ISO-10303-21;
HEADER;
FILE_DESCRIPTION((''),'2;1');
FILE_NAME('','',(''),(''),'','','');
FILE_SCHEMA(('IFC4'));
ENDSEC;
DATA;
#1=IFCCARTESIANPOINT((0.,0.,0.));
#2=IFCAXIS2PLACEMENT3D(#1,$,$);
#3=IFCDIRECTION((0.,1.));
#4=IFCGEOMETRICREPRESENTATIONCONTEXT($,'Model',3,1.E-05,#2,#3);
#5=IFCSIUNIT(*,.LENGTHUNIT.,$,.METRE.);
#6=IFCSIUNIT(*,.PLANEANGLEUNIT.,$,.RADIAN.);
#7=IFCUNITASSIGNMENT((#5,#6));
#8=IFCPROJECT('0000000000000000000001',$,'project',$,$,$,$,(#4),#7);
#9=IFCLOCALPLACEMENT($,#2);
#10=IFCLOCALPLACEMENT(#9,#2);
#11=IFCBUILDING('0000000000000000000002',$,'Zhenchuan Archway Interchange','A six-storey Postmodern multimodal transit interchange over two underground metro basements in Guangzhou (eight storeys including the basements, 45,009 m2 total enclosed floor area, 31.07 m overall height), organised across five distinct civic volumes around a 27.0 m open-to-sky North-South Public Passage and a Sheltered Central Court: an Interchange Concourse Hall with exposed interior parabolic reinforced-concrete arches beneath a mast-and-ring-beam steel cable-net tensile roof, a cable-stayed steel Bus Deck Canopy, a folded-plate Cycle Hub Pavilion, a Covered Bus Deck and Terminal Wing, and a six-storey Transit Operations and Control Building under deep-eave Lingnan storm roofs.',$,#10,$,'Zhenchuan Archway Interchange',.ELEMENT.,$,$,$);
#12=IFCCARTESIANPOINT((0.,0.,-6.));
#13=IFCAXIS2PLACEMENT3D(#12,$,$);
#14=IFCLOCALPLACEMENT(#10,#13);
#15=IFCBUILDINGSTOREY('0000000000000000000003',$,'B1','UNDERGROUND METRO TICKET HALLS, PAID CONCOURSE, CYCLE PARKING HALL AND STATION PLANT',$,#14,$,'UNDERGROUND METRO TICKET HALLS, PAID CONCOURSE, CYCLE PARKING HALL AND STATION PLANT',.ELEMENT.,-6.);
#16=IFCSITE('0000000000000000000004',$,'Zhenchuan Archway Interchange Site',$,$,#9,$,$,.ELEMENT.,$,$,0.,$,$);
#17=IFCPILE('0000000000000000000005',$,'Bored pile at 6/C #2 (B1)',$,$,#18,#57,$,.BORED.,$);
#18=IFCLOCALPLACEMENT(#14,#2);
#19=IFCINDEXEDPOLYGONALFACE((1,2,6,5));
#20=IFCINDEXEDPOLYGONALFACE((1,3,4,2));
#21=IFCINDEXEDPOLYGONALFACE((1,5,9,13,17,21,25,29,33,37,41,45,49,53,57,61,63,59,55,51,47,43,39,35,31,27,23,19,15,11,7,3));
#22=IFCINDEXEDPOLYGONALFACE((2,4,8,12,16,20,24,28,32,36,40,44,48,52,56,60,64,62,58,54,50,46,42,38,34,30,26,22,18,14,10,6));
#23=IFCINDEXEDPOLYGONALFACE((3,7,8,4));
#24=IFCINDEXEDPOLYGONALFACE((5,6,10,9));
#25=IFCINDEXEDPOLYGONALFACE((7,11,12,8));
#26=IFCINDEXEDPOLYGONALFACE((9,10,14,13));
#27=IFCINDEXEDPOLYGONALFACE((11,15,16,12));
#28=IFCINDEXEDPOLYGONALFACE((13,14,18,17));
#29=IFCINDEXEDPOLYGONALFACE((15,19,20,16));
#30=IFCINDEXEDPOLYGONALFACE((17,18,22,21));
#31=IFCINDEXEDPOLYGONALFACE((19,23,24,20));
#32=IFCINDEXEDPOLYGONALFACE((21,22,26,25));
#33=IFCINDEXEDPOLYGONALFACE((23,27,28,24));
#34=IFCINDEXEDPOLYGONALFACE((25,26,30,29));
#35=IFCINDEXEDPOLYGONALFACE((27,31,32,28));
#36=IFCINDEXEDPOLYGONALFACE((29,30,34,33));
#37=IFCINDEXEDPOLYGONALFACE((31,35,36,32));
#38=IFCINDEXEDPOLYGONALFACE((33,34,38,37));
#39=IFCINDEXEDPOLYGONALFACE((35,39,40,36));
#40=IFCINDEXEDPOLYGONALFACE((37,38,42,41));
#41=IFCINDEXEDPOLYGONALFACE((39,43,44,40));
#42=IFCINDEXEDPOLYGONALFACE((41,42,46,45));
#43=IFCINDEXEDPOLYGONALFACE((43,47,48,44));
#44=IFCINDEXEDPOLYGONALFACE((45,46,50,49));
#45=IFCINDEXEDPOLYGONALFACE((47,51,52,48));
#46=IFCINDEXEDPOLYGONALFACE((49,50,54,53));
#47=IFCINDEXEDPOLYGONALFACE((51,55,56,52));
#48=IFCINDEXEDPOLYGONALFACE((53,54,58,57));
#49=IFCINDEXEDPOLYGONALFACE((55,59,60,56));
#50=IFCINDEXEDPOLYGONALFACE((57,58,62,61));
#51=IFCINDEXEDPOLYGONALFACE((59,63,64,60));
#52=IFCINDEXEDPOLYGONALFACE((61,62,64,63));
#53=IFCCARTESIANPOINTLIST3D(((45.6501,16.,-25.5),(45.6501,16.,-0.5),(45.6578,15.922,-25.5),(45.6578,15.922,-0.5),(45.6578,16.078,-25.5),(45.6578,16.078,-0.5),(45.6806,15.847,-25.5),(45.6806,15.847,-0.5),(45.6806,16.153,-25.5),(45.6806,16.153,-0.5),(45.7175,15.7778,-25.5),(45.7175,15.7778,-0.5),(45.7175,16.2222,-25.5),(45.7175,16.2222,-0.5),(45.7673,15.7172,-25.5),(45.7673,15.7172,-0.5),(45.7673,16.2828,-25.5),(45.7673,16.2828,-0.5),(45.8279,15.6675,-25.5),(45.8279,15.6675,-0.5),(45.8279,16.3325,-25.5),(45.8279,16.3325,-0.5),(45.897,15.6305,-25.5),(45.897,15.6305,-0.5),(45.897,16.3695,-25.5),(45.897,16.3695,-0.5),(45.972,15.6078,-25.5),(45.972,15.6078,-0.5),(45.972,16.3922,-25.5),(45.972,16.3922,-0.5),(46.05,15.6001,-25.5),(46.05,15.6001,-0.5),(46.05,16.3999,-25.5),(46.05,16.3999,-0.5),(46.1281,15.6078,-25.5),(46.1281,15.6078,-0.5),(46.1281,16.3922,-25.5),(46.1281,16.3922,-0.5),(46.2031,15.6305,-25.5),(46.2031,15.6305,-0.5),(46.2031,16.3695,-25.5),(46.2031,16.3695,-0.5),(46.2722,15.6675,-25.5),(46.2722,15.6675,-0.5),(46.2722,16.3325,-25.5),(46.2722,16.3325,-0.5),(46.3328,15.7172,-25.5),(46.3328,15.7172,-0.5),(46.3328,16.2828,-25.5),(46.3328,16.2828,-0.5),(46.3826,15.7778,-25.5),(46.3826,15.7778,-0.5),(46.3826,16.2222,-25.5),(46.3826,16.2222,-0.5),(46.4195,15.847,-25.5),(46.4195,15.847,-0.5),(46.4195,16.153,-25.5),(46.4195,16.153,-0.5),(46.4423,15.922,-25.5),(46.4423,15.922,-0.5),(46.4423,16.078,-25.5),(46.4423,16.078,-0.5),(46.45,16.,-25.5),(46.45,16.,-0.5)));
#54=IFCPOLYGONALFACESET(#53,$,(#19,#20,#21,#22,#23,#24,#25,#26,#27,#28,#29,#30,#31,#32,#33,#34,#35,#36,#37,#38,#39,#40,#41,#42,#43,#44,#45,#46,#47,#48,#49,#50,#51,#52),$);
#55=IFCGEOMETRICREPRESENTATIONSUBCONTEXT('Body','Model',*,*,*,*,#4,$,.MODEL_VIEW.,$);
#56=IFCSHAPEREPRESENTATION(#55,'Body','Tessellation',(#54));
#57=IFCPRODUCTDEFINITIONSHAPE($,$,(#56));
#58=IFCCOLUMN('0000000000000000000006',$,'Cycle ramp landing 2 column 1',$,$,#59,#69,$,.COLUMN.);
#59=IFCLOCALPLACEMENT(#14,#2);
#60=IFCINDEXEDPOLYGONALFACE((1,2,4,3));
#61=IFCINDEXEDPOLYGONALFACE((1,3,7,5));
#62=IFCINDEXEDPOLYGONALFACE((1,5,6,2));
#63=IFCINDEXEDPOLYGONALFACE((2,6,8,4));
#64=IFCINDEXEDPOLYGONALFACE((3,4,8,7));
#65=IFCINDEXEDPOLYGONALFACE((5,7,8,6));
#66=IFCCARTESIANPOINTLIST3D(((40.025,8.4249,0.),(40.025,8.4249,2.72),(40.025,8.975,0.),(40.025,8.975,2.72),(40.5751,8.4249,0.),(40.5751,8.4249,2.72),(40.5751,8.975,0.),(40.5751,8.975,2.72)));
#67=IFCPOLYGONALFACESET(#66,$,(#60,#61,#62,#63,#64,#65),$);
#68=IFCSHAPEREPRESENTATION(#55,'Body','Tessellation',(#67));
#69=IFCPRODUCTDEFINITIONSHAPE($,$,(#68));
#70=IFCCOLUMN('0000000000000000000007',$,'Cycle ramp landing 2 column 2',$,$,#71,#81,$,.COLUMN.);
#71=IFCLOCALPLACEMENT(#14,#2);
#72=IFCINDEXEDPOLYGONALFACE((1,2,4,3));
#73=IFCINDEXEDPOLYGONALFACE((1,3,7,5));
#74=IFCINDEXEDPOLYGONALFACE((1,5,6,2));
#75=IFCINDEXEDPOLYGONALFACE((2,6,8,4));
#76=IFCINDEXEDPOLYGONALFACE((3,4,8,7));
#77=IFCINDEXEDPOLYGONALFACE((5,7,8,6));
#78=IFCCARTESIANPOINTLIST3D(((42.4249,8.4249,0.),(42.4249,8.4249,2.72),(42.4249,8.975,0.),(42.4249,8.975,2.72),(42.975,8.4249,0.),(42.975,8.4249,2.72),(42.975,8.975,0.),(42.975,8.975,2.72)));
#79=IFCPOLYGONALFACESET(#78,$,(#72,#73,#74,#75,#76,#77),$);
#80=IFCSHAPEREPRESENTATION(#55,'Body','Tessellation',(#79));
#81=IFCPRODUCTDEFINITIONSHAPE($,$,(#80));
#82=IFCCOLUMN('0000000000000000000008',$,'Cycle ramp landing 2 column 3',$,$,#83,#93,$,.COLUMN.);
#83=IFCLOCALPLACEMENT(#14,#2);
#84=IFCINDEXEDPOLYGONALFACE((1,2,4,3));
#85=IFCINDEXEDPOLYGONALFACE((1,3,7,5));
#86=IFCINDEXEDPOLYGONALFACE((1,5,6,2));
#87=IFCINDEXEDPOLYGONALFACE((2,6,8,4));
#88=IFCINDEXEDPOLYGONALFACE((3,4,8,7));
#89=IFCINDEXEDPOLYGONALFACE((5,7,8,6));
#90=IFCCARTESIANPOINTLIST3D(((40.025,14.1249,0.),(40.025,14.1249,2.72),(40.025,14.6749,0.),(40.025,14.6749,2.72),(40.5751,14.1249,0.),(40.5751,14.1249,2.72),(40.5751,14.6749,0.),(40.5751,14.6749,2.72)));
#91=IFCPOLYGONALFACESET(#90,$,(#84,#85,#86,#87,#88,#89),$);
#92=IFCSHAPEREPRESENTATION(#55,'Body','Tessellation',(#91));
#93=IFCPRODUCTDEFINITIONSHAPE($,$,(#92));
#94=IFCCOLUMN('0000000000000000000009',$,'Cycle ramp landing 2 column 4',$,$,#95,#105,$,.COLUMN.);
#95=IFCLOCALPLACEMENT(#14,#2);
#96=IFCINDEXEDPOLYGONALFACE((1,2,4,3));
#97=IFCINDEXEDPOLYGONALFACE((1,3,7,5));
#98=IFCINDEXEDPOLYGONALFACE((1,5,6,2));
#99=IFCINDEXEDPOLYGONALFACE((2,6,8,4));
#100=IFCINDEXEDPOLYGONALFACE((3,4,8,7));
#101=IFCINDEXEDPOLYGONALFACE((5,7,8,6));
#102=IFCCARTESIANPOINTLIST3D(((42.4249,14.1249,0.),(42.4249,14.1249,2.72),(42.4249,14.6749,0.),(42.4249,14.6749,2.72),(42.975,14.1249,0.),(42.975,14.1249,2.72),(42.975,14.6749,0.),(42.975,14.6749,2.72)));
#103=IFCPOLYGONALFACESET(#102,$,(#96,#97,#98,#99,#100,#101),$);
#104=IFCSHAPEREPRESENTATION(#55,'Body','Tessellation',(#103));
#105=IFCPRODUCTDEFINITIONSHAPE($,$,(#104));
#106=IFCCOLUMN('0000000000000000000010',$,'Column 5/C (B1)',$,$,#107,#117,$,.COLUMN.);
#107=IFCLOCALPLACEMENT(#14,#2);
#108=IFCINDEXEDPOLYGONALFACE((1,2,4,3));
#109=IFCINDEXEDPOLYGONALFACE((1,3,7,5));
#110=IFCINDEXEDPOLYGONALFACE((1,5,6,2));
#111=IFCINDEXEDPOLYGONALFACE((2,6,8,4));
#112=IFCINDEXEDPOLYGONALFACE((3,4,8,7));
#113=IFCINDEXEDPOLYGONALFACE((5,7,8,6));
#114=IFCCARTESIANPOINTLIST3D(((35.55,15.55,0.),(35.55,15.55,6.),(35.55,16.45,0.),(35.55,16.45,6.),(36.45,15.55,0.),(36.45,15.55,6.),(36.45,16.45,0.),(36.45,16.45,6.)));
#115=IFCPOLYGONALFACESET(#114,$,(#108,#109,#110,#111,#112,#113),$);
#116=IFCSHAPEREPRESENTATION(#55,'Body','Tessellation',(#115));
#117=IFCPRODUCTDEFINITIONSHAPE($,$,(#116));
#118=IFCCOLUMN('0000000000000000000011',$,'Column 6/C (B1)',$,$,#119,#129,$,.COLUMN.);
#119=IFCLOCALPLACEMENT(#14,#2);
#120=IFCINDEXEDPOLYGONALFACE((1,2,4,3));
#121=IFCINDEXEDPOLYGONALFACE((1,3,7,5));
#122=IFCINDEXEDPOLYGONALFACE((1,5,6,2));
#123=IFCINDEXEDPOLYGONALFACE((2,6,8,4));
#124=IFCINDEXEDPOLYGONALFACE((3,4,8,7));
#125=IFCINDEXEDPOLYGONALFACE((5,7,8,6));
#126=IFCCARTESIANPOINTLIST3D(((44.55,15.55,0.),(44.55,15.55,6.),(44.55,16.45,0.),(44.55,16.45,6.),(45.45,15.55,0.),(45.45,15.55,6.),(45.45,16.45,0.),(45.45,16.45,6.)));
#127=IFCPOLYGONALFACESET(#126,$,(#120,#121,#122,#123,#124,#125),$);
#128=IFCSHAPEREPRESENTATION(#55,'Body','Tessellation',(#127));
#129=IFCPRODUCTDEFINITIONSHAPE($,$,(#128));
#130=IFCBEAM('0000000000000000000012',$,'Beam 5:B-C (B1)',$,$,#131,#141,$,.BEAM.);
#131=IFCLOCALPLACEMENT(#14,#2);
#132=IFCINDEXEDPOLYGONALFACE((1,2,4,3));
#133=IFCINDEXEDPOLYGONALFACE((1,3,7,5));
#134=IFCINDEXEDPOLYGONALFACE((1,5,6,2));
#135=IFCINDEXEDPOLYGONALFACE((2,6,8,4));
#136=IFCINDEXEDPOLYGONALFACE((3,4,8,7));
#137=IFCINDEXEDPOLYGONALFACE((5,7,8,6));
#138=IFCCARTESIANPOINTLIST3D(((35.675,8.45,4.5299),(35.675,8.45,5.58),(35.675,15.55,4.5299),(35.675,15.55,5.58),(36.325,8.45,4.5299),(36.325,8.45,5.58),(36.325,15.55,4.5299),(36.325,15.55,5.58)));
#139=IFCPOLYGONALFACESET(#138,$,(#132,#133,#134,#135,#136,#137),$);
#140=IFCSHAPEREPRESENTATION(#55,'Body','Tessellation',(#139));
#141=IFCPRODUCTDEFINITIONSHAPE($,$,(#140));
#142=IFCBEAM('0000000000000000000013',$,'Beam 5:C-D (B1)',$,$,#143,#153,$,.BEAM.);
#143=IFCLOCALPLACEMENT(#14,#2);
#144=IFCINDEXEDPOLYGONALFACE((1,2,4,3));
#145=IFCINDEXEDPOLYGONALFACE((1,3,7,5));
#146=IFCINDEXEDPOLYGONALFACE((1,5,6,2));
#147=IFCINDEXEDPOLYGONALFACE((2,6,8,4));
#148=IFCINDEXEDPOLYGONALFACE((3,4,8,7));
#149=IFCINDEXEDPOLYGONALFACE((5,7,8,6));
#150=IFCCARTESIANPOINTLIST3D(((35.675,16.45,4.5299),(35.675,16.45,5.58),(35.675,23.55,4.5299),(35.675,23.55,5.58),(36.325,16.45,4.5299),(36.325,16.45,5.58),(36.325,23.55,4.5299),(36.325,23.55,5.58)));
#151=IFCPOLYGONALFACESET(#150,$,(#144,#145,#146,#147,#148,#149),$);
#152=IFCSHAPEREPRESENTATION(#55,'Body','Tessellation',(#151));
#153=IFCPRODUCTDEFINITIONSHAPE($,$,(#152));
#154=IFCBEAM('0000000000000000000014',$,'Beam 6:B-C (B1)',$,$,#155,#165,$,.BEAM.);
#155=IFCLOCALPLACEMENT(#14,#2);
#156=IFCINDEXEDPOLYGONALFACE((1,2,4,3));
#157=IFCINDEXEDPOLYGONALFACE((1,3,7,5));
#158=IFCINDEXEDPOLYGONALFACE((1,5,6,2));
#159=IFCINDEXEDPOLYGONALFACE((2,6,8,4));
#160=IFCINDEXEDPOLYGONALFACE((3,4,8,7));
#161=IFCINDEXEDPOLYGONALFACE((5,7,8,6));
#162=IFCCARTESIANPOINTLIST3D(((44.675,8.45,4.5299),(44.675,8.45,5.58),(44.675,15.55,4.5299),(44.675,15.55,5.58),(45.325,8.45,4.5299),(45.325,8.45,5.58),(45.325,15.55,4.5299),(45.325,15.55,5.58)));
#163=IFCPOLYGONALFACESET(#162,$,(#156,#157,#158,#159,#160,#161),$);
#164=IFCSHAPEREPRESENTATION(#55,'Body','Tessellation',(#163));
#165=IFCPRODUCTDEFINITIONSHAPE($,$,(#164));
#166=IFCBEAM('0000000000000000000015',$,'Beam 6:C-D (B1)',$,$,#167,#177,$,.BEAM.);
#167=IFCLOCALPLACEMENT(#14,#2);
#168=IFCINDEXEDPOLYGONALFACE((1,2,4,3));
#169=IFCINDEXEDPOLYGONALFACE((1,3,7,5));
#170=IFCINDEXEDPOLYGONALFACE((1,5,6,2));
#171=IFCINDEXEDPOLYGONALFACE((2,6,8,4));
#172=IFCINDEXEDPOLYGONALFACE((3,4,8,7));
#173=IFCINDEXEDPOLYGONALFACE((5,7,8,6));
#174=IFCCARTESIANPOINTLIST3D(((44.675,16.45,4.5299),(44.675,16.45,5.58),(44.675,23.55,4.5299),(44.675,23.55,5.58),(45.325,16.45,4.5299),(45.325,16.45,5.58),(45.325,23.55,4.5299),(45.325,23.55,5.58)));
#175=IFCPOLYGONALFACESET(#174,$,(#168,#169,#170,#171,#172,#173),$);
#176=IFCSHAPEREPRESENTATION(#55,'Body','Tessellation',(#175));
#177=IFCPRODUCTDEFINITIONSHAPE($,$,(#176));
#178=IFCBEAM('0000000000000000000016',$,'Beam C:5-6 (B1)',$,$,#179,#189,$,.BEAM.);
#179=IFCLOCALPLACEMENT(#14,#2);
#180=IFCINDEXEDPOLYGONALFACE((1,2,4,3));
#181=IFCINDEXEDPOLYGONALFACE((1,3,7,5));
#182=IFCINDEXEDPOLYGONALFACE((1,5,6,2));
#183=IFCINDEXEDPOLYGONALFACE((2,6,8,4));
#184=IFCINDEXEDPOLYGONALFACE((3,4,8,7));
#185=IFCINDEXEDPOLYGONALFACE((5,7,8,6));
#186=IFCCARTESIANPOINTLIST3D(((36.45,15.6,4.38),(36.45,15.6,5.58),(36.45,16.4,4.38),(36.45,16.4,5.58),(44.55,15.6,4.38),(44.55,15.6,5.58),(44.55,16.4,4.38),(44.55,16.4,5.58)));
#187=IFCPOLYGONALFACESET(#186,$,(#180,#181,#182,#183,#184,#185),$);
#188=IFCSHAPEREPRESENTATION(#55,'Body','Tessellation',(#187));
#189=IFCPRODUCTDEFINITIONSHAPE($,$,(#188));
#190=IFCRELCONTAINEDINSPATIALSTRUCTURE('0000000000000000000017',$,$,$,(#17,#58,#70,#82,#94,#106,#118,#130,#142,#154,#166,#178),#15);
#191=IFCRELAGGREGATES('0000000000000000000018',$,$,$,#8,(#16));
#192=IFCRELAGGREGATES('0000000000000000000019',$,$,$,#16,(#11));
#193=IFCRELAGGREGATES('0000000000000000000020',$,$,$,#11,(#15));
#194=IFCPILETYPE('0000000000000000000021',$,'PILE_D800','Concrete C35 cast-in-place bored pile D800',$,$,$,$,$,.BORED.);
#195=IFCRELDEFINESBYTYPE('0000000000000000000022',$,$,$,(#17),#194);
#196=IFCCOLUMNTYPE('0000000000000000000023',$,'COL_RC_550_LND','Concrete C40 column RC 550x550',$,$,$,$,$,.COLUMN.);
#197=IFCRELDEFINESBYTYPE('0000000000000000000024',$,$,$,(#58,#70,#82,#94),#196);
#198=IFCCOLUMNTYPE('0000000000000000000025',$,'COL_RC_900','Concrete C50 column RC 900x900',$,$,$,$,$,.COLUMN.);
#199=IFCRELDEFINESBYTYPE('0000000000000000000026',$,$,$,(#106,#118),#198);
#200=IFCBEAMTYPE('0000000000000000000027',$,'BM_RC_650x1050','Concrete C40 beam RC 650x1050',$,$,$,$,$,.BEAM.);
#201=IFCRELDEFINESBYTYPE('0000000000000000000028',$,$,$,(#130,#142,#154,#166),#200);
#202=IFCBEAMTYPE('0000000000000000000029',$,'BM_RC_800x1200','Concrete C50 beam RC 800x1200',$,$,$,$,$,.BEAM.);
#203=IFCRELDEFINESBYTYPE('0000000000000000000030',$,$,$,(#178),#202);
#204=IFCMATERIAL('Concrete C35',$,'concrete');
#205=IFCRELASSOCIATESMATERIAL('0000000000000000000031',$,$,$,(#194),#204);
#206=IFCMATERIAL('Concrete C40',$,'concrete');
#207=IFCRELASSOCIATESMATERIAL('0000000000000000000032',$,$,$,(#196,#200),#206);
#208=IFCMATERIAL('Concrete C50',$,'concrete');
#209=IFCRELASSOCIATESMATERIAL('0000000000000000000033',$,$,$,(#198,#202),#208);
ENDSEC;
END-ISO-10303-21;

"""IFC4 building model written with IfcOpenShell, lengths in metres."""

from ifc_helpers import new_model, si_unit, direction, frame, origin, origin_2d, place, context, subcontext, project, spatial, rectangle, circle, extrude, material, material_profile, profile_set, type_object, element, save


model = new_model("IFC4")

# Units and contexts
model_context = context("Model", 3, precision=1e-05, world=origin(), true_north=direction((0.0, 1.0)))
body_context = subcontext(model_context, "Body", "Model", "MODEL_VIEW")
ifc_project = project(units=[si_unit("LENGTHUNIT", "METRE"), si_unit("PLANEANGLEUNIT", "RADIAN")], contexts=[model_context])

# Site, building, storey
site_placement = place(None, origin())
site = spatial("IfcSite", under=ifc_project, at=site_placement, Name="Zhenchuan Archway Interchange Site", CompositionType="ELEMENT", RefElevation=0.0)
building_placement = place(site_placement, origin())
building = spatial("IfcBuilding", under=site, at=building_placement, Name="Zhenchuan Archway Interchange", Description="A six-storey Postmodern multimodal transit interchange over two underground metro basements in Guangzhou (eight storeys including the basements, 45,009 m2 total enclosed floor area, 31.07 m overall height), organised across five distinct civic volumes around a 27.0 m open-to-sky North-South Public Passage and a Sheltered Central Court: an Interchange Concourse Hall with exposed interior parabolic reinforced-concrete arches beneath a mast-and-ring-beam steel cable-net tensile roof, a cable-stayed steel Bus Deck Canopy, a folded-plate Cycle Hub Pavilion, a Covered Bus Deck and Terminal Wing, and a six-storey Transit Operations and Control Building under deep-eave Lingnan storm roofs.", LongName="Zhenchuan Archway Interchange", CompositionType="ELEMENT")
storey_placement = place(building_placement, frame((0.0, 0.0, -6.0)))
storey = spatial("IfcBuildingStorey", under=building, at=storey_placement, Name="B1", Description="UNDERGROUND METRO TICKET HALLS, PAID CONCOURSE, CYCLE PARKING HALL AND STATION PLANT", LongName="UNDERGROUND METRO TICKET HALLS, PAID CONCOURSE, CYCLE PARKING HALL AND STATION PLANT", CompositionType="ELEMENT", Elevation=-6.0)

# Shared definitions
ifc_material_1 = material(Name="Concrete C40", Category="concrete")

# Pile
ifc_material_2 = material(Name="Concrete C35", Category="concrete")
ifc_material_profile_1 = material_profile(ifc_material_2, circle(Radius=0.3999, at=origin_2d()), Name="BORED PILE 800")
ifc_profile_set_1 = profile_set([ifc_material_profile_1], Name="Concrete C35")
pile_type = type_object("IfcPileType", Name="PILE_D800", Description="Concrete C35 cast-in-place bored pile D800", PredefinedType="BORED", material=ifc_profile_set_1)
for number, where, z_axis, x_axis, name in (
    (1, (46.05, 16.0, -0.5), (0.0, 0.0, -1.0), (1.0, 0.0, 0.0), "Bored pile at 6/C #2 (B1)"),
):
    element("IfcPile", number, at=place(storey_placement, frame(where, z_axis=z_axis, x_axis=x_axis)), inside=storey, type_object=pile_type, Name=name, PredefinedType="BORED", context=body_context, shape_type="SweptSolid", body=[
        extrude(circle(Radius=0.3999, at=origin_2d()), origin(), (0.0, 0.0, 1.0), 25.0),
    ])

# Columns
ifc_material_profile_2 = material_profile(ifc_material_1, rectangle(XDim=0.55, YDim=0.55, at=origin_2d()), Name="RC 550x550")
ifc_profile_set_2 = profile_set([ifc_material_profile_2], Name="Concrete C40")
column_type_1 = type_object("IfcColumnType", Name="COL_RC_550_LND", Description="Concrete C40 column RC 550x550", PredefinedType="COLUMN", material=ifc_profile_set_2)
for number, where, z_axis, x_axis, name in (
    (2, (40.3, 8.7, 0.0), (0.0, 0.0, 1.0), (1.0, 0.0, 0.0), "Cycle ramp landing 2 column 1"),
    (3, (42.7, 8.7, 0.0), (0.0, 0.0, 1.0), (1.0, 0.0, 0.0), "Cycle ramp landing 2 column 2"),
    (4, (40.3, 14.3999, 0.0), (0.0, 0.0, 1.0), (1.0, 0.0, 0.0), "Cycle ramp landing 2 column 3"),
    (5, (42.7, 14.3999, 0.0), (0.0, 0.0, 1.0), (1.0, 0.0, 0.0), "Cycle ramp landing 2 column 4"),
):
    element("IfcColumn", number, at=place(storey_placement, frame(where, z_axis=z_axis, x_axis=x_axis)), inside=storey, type_object=column_type_1, Name=name, PredefinedType="COLUMN", context=body_context, shape_type="SweptSolid", body=[
        extrude(rectangle(XDim=0.55, YDim=0.55, at=origin_2d()), origin(), (0.0, 0.0, 1.0), 2.72),
    ])
ifc_material_3 = material(Name="Concrete C50", Category="concrete")
ifc_material_profile_3 = material_profile(ifc_material_3, rectangle(XDim=0.8999, YDim=0.8999, at=origin_2d()), Name="RC 900x900")
ifc_profile_set_3 = profile_set([ifc_material_profile_3], Name="Concrete C50")
column_type_2 = type_object("IfcColumnType", Name="COL_RC_900", Description="Concrete C50 column RC 900x900", PredefinedType="COLUMN", material=ifc_profile_set_3)
for number, where, z_axis, x_axis, name in (
    (6, (36.0, 16.0, 0.0), (0.0, 0.0, 1.0), (1.0, 0.0, 0.0), "Column 5/C (B1)"),
    (7, (45.0, 16.0, 0.0), (0.0, 0.0, 1.0), (1.0, 0.0, 0.0), "Column 6/C (B1)"),
):
    element("IfcColumn", number, at=place(storey_placement, frame(where, z_axis=z_axis, x_axis=x_axis)), inside=storey, type_object=column_type_2, Name=name, PredefinedType="COLUMN", context=body_context, shape_type="SweptSolid", body=[
        extrude(rectangle(XDim=0.8999, YDim=0.8999, at=origin_2d()), origin(), (0.0, 0.0, 1.0), 6.0),
    ])

# Beams
ifc_material_profile_4 = material_profile(ifc_material_1, rectangle(XDim=0.6499, YDim=1.05, at=origin_2d()), Name="RC 650x1050")
ifc_profile_set_4 = profile_set([ifc_material_profile_4], Name="Concrete C40")
beam_type_1 = type_object("IfcBeamType", Name="BM_RC_650x1050", Description="Concrete C40 beam RC 650x1050", PredefinedType="BEAM", material=ifc_profile_set_4)
for number, where, z_axis, x_axis, name in (
    (8, (36.0, 8.45, 5.0549), (0.0, 1.0, 0.0), (-1.0, 0.0, 0.0), "Beam 5:B-C (B1)"),
    (9, (36.0, 16.45, 5.0549), (0.0, 1.0, 0.0), (-1.0, 0.0, 0.0), "Beam 5:C-D (B1)"),
    (10, (45.0, 8.45, 5.0549), (0.0, 1.0, 0.0), (-1.0, 0.0, 0.0), "Beam 6:B-C (B1)"),
    (11, (45.0, 16.45, 5.0549), (0.0, 1.0, 0.0), (-1.0, 0.0, 0.0), "Beam 6:C-D (B1)"),
):
    element("IfcBeam", number, at=place(storey_placement, frame(where, z_axis=z_axis, x_axis=x_axis)), inside=storey, type_object=beam_type_1, Name=name, PredefinedType="BEAM", context=body_context, shape_type="SweptSolid", body=[
        extrude(rectangle(XDim=0.6499, YDim=1.05, at=origin_2d()), origin(), (0.0, 0.0, 1.0), 7.1001),
    ])
ifc_material_profile_5 = material_profile(ifc_material_3, rectangle(XDim=0.8, YDim=1.2, at=origin_2d()), Name="RC 800x1200")
ifc_profile_set_5 = profile_set([ifc_material_profile_5], Name="Concrete C50")
beam_type_2 = type_object("IfcBeamType", Name="BM_RC_800x1200", Description="Concrete C50 beam RC 800x1200", PredefinedType="BEAM", material=ifc_profile_set_5)
beam_1_placement = place(storey_placement, frame((36.45, 16.0, 4.98), z_axis=(1.0, 0.0, 0.0), x_axis=(0.0, 1.0, 0.0)))
element("IfcBeam", 12, at=beam_1_placement, inside=storey, type_object=beam_type_2, Name="Beam C:5-6 (B1)", PredefinedType="BEAM", context=body_context, shape_type="SweptSolid", body=[
    extrude(rectangle(XDim=0.8, YDim=1.2, at=origin_2d()), origin(), (0.0, 0.0, 1.0), 8.1001),
])

save(model, "model.ifc")
